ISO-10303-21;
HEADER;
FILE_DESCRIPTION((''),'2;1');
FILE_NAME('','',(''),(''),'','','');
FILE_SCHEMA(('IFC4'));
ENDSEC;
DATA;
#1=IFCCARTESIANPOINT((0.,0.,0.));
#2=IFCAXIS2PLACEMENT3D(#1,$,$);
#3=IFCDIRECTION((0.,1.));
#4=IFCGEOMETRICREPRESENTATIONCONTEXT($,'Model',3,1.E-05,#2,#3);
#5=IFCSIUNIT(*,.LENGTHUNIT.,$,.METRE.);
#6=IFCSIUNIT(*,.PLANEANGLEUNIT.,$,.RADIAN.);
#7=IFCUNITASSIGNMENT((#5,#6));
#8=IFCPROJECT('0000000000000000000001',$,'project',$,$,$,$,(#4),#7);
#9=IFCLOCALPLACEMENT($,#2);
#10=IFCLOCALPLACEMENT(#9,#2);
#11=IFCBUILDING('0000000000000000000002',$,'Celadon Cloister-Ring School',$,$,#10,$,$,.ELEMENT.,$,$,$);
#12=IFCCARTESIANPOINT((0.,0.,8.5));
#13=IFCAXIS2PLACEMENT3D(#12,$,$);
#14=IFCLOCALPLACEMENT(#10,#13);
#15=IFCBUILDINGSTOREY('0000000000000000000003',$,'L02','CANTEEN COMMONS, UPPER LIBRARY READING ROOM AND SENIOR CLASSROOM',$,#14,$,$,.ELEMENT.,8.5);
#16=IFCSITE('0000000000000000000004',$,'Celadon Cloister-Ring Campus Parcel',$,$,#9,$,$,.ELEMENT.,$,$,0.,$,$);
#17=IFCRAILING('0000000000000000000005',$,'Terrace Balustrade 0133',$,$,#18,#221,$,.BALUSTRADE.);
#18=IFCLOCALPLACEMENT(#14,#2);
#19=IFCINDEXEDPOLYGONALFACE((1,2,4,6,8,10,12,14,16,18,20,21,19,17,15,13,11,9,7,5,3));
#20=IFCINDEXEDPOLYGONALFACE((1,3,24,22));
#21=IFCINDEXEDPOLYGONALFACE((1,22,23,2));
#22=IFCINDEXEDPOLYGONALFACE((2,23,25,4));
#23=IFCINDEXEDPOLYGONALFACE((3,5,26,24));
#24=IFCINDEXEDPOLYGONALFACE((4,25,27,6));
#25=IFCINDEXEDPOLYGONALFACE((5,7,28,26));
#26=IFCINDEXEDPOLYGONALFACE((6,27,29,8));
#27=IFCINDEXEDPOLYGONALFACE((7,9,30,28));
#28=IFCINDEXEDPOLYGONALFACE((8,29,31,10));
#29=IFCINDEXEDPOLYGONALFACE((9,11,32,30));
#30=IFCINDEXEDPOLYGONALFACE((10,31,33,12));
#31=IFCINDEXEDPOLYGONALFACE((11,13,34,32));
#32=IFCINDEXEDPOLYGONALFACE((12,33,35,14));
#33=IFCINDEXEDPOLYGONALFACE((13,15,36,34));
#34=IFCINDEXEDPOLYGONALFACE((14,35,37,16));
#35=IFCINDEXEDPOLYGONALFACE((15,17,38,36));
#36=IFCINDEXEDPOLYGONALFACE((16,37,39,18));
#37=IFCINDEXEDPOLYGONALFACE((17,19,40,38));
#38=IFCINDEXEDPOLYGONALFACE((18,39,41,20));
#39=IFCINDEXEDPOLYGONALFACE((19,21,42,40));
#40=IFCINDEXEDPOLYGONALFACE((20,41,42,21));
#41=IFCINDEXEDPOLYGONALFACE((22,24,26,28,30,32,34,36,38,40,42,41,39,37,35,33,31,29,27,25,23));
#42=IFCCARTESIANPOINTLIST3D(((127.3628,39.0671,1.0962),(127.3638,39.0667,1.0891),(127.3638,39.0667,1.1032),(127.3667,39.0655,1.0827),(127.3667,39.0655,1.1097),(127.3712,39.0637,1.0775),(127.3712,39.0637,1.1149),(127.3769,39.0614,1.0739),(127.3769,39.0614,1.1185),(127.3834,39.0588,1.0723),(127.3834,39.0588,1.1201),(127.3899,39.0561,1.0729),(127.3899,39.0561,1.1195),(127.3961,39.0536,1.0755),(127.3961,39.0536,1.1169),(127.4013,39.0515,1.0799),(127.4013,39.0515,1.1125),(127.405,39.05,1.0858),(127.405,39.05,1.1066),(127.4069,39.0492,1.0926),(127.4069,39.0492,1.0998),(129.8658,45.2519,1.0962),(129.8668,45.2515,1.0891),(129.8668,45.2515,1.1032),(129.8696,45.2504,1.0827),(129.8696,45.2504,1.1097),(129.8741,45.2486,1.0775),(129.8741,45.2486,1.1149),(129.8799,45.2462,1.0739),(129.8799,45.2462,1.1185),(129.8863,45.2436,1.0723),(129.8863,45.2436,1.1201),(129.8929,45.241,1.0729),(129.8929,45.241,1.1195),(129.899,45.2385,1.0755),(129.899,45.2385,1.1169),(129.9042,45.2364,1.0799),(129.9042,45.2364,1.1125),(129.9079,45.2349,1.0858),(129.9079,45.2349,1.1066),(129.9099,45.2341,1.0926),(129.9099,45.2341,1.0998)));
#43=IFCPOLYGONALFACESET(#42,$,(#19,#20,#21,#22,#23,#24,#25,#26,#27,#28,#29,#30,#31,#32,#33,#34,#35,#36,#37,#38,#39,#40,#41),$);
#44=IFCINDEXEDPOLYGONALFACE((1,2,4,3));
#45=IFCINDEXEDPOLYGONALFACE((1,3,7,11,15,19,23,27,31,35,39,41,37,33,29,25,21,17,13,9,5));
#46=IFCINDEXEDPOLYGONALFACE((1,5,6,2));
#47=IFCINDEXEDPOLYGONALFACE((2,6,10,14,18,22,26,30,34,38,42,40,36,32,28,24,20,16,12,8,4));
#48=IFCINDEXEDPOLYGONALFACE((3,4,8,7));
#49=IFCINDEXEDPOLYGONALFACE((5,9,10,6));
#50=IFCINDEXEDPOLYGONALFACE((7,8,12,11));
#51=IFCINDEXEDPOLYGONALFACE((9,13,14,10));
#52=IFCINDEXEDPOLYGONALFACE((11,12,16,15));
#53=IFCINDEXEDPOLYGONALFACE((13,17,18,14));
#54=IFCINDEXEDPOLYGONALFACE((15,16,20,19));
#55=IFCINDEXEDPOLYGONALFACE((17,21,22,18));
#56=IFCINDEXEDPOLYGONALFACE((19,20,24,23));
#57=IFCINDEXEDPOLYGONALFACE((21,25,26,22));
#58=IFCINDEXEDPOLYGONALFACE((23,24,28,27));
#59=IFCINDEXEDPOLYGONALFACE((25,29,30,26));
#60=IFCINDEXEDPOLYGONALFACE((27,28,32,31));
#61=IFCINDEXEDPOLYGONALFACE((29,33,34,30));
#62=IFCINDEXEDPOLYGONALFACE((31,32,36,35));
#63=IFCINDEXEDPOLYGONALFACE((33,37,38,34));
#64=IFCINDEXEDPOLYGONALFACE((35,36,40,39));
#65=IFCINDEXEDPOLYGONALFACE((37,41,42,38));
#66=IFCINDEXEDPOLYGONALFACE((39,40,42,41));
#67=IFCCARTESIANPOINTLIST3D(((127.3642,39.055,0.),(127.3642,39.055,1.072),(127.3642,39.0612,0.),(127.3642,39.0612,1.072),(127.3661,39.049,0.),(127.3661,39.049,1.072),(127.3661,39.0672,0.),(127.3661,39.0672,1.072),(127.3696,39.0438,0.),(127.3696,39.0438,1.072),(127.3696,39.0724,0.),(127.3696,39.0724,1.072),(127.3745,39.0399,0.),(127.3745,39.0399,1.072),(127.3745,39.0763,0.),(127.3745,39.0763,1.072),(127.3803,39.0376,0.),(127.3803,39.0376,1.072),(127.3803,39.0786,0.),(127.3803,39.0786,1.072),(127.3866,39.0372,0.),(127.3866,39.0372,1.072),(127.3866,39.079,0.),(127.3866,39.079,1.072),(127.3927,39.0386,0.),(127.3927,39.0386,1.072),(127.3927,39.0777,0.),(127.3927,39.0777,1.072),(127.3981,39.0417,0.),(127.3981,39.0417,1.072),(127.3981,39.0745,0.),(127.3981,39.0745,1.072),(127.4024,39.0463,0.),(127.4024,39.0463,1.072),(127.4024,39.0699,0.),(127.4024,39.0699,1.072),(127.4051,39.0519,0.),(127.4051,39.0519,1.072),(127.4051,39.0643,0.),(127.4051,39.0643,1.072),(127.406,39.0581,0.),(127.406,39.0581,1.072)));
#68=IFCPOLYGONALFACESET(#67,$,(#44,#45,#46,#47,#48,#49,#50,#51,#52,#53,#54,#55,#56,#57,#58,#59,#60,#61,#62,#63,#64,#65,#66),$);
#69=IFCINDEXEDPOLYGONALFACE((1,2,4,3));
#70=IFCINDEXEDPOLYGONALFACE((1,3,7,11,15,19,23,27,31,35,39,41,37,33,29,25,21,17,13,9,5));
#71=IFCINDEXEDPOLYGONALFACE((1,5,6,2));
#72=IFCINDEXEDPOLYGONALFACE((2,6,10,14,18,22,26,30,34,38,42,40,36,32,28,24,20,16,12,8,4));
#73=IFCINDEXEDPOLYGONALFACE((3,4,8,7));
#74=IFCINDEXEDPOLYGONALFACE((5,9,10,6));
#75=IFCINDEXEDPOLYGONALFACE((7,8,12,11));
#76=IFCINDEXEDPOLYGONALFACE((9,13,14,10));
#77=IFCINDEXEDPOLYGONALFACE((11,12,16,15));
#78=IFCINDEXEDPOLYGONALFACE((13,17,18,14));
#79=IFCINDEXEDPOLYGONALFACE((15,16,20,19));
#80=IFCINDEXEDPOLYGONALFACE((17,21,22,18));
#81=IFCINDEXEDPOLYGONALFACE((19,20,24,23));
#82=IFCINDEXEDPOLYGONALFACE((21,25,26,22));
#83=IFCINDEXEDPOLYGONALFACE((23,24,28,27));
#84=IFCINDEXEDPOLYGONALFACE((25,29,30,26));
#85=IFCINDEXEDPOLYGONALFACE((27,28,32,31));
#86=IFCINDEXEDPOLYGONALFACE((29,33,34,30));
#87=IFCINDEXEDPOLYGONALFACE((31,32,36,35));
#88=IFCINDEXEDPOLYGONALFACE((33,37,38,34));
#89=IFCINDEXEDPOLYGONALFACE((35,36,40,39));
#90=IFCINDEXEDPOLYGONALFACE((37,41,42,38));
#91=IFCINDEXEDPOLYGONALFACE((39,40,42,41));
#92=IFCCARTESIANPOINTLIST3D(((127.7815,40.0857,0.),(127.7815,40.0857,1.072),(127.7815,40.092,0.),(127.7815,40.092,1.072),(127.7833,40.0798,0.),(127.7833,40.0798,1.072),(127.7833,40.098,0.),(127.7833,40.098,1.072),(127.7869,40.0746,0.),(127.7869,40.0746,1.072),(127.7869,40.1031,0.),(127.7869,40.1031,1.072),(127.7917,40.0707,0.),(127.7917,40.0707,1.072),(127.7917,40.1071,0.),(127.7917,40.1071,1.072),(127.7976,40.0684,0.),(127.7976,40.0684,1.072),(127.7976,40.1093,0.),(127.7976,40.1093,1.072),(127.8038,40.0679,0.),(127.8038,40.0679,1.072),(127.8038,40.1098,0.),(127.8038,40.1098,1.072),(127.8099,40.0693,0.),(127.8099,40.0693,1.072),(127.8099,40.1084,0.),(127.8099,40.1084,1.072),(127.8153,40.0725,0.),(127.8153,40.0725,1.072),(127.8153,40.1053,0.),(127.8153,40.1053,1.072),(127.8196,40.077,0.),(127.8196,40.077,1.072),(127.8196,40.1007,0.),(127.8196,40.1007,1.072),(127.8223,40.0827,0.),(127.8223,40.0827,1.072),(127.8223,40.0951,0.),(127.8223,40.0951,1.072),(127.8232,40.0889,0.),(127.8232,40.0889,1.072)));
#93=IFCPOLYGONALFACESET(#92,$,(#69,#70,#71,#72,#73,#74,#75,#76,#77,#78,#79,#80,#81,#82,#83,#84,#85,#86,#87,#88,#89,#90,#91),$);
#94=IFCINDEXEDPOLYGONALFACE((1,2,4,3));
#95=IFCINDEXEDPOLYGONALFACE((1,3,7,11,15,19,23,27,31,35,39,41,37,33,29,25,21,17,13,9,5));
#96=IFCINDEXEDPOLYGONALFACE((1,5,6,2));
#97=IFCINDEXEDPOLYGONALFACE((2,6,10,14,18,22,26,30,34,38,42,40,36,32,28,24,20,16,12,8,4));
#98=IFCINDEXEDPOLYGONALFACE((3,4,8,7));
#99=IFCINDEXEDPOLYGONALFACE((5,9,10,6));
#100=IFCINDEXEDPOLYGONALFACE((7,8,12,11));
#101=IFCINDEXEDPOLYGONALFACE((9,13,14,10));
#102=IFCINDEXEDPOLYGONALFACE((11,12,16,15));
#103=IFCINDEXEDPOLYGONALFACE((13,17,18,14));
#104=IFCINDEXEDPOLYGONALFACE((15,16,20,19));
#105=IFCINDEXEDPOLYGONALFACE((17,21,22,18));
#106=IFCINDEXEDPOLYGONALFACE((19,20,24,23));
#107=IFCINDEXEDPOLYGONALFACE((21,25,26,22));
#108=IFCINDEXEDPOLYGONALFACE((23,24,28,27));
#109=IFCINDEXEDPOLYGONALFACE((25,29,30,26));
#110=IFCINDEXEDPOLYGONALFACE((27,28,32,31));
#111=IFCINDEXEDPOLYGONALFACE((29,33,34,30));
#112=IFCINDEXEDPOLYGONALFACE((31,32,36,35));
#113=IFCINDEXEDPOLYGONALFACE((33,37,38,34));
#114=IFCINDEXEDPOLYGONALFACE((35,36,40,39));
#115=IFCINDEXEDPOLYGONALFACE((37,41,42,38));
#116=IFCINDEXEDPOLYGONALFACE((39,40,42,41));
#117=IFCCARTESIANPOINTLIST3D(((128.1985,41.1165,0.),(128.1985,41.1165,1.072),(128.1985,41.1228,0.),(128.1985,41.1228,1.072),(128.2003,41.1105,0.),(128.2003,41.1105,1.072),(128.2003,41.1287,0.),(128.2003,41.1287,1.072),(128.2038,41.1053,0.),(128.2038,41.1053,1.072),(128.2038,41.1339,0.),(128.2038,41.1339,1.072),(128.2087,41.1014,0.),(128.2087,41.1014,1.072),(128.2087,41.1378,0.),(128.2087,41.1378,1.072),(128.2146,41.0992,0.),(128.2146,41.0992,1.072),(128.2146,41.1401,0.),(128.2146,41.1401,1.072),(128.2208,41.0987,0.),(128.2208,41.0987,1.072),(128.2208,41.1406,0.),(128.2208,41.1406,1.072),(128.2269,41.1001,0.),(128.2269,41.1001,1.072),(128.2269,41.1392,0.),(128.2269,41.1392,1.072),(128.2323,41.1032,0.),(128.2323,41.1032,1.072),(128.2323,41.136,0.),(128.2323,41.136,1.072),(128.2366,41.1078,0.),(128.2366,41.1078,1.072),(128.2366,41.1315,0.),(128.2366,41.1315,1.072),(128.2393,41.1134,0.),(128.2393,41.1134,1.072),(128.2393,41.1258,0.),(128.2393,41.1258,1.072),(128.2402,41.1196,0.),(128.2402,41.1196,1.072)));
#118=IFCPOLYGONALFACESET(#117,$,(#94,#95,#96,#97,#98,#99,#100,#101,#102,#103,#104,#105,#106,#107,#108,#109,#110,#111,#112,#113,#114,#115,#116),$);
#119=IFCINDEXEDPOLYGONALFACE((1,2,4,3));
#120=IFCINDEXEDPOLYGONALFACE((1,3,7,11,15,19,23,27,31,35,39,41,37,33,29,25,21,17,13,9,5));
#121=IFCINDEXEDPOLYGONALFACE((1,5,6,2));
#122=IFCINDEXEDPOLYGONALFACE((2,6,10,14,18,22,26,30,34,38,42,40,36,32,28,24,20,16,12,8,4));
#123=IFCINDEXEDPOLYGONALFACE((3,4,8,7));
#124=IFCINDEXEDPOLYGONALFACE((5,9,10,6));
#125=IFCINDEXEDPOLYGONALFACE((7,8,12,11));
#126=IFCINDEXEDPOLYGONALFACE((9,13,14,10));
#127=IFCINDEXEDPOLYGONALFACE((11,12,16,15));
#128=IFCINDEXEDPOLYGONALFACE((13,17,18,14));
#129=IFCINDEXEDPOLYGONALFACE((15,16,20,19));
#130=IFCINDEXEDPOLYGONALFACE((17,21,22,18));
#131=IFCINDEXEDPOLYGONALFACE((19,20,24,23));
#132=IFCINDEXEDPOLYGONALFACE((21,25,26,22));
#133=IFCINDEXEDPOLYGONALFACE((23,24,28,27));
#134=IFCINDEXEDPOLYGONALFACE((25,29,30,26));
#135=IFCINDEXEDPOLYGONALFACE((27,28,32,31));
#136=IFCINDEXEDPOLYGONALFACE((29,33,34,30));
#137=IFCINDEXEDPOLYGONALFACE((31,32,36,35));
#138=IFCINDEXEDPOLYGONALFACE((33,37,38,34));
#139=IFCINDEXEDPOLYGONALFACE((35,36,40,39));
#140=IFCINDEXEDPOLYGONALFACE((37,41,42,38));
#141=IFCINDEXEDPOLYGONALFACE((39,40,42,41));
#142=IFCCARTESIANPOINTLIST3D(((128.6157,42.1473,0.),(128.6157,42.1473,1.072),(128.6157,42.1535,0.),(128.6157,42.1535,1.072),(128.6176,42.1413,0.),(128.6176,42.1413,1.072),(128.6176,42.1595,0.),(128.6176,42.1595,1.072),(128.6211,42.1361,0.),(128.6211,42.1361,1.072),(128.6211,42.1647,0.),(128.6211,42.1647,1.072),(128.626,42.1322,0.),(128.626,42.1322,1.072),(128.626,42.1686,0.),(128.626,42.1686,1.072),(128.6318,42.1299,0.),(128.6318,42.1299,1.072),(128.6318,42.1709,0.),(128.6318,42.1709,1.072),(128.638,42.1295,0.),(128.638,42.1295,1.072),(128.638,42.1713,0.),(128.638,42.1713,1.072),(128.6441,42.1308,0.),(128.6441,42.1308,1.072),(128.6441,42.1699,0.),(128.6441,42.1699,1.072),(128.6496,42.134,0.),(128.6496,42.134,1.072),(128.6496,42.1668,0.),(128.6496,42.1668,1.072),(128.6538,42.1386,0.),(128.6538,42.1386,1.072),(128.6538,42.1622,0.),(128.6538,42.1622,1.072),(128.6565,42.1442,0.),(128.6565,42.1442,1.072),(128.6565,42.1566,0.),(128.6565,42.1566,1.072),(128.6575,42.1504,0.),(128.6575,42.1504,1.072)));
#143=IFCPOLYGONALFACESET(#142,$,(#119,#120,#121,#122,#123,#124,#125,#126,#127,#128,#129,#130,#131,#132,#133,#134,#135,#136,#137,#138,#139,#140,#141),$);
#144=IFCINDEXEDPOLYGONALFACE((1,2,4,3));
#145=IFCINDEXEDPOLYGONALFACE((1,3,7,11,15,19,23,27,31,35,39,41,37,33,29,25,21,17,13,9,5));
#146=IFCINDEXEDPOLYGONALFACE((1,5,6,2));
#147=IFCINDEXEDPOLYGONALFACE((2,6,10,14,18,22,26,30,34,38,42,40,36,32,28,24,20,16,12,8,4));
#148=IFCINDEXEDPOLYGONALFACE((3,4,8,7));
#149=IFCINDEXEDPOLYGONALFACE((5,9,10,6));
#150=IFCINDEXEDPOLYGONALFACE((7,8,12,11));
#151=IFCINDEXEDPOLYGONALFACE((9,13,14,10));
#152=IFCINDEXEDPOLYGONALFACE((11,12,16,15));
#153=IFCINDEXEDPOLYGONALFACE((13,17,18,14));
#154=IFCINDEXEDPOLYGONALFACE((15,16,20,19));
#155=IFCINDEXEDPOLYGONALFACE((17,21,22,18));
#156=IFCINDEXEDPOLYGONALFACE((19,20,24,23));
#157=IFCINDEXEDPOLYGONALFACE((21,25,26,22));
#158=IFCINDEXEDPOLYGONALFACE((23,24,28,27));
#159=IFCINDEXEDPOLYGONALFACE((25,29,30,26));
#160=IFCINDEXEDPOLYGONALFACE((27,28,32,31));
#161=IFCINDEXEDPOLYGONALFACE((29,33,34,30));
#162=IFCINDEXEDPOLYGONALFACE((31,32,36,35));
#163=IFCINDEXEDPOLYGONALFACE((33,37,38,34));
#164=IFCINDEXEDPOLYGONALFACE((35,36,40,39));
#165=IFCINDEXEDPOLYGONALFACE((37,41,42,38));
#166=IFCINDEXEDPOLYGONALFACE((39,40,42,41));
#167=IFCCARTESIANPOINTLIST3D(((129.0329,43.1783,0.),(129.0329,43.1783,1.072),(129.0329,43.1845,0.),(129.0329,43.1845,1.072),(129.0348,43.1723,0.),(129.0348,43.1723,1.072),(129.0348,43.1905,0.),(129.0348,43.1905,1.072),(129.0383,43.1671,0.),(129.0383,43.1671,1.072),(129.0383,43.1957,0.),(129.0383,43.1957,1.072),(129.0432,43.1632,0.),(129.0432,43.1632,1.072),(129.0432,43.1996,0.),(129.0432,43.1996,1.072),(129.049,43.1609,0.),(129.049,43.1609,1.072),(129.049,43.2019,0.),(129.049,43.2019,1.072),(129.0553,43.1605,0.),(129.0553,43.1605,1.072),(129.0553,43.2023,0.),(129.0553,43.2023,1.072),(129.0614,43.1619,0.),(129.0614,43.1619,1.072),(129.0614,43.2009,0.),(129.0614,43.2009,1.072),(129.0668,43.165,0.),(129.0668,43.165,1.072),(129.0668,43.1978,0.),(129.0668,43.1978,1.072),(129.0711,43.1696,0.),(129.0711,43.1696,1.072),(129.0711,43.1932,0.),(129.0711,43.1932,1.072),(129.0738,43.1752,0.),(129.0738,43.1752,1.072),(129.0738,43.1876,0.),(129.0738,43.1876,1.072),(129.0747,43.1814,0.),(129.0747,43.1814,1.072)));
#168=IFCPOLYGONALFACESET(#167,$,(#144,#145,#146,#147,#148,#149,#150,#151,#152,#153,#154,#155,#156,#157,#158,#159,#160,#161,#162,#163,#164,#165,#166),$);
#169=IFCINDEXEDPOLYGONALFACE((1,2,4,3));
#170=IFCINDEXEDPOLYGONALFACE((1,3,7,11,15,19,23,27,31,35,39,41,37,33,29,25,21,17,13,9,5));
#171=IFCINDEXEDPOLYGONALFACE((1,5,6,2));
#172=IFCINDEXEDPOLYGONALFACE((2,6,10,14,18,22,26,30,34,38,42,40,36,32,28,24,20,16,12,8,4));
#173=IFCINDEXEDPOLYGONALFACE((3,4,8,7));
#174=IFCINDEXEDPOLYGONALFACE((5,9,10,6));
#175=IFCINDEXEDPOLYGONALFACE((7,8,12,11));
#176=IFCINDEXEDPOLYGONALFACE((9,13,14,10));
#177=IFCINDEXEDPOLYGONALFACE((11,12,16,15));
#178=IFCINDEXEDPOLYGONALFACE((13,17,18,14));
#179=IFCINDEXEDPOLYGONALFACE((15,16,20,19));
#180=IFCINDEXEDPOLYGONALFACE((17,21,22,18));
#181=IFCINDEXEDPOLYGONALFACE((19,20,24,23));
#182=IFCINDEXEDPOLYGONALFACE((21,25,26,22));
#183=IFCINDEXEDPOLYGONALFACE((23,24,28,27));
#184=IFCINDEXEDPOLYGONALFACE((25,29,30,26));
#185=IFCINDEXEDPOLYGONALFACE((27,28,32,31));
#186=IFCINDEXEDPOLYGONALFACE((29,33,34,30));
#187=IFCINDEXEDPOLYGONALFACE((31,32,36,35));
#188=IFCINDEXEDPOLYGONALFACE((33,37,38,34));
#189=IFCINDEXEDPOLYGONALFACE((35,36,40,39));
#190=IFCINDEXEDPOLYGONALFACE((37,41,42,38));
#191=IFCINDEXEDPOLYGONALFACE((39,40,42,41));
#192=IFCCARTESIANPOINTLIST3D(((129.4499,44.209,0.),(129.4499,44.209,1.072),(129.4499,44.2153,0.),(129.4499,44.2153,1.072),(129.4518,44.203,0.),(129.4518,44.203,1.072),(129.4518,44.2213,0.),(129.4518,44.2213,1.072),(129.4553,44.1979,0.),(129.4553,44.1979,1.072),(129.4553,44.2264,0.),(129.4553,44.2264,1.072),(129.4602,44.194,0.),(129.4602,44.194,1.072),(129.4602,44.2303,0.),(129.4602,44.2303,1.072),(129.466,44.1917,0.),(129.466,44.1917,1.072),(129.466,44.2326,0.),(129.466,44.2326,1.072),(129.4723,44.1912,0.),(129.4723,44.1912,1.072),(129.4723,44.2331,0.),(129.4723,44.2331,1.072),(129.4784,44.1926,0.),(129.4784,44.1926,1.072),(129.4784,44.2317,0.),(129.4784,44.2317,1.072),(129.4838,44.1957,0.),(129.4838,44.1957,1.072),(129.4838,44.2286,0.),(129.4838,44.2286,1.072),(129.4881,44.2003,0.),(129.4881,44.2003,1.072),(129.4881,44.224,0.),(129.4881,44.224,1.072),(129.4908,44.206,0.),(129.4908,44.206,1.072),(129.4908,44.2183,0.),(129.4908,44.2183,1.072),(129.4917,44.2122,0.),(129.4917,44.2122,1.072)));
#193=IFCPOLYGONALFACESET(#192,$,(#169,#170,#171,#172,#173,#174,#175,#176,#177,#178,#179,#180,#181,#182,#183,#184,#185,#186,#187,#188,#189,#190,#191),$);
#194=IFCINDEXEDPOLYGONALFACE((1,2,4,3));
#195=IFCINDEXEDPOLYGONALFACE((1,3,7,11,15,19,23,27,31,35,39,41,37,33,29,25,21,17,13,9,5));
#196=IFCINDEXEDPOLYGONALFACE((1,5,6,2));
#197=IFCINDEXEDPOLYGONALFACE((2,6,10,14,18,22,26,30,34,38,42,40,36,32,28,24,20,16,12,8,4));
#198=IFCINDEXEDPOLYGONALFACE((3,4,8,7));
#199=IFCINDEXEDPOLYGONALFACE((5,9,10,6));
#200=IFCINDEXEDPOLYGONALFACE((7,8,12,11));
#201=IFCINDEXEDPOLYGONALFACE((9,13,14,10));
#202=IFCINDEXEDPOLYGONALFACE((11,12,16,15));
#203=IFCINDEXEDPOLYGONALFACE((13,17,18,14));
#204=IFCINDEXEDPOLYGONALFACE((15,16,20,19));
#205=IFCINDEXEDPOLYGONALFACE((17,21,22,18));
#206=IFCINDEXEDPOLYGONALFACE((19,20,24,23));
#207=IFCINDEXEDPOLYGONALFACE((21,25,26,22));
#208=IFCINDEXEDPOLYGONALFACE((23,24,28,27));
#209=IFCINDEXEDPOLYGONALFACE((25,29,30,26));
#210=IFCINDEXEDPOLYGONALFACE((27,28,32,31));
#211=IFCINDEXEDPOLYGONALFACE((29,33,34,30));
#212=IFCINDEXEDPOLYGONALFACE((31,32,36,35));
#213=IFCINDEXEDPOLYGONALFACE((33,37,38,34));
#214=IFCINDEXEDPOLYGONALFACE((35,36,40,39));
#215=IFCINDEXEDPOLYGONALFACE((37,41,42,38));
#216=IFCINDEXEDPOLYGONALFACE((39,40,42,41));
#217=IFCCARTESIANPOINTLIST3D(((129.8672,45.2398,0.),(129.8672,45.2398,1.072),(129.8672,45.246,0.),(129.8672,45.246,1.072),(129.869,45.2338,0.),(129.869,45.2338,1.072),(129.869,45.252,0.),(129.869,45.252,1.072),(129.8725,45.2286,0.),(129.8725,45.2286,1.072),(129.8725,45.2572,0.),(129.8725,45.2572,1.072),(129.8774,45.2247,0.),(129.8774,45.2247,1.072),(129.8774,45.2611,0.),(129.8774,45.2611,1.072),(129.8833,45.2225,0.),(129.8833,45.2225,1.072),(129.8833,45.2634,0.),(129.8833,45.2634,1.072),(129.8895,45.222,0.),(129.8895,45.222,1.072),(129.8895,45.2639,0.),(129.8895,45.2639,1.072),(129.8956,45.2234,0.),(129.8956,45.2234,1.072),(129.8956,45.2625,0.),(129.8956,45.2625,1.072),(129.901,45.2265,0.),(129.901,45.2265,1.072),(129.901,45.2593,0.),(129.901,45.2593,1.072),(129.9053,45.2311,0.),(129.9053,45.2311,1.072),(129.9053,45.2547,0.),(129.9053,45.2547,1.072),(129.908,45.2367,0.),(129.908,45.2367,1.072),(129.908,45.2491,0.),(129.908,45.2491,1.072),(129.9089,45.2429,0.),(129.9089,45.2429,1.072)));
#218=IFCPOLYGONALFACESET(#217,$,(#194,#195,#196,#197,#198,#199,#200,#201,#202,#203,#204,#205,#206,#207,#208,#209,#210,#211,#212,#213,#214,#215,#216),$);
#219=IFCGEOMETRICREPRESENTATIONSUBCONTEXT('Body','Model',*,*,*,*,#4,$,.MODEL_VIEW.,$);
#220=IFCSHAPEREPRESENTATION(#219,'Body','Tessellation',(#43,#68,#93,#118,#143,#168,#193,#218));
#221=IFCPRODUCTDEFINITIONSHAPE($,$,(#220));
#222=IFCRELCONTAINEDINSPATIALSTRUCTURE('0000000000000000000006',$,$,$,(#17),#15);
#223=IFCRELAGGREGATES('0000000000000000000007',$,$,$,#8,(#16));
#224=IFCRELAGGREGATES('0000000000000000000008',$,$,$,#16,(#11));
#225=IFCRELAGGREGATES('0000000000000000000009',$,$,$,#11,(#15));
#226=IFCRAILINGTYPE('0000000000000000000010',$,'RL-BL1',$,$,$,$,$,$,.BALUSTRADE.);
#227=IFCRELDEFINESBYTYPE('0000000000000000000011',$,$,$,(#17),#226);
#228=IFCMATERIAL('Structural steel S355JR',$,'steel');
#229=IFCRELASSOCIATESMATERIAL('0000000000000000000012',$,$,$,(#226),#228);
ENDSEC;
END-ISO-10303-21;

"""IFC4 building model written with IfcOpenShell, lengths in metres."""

from ifc_helpers import new_model, si_unit, direction, frame, origin, origin_2d, place, context, subcontext, project, spatial, circle, extrude, material, type_object, element, save


model = new_model("IFC4")

# Units and contexts
model_context = context("Model", 3, precision=1e-05, world=origin(), true_north=direction((0.0, 1.0)))
body_context = subcontext(model_context, "Body", "Model", "MODEL_VIEW")
ifc_project = project(units=[si_unit("LENGTHUNIT", "METRE"), si_unit("PLANEANGLEUNIT", "RADIAN")], contexts=[model_context])

# Site, building, storey
site_placement = place(None, origin())
site = spatial("IfcSite", under=ifc_project, at=site_placement, Name="Celadon Cloister-Ring Campus Parcel", CompositionType="ELEMENT", RefElevation=0.0)
building_placement = place(site_placement, origin())
building = spatial("IfcBuilding", under=site, at=building_placement, Name="Celadon Cloister-Ring School", CompositionType="ELEMENT")
storey_placement = place(building_placement, frame((0.0, 0.0, 8.5)))
storey = spatial("IfcBuildingStorey", under=building, at=storey_placement, Name="L02", Description="CANTEEN COMMONS, UPPER LIBRARY READING ROOM AND SENIOR CLASSROOM", CompositionType="ELEMENT", Elevation=8.5)

# Railing
ifc_material_1 = material(Name="Structural steel S355JR", Category="steel")
railing_type = type_object("IfcRailingType", Name="RL-BL1", PredefinedType="BALUSTRADE", material=ifc_material_1)
railing_1_placement = place(storey_placement, frame((127.385, 39.0581, 0.0)))
element("IfcRailing", 1, at=railing_1_placement, inside=storey, type_object=railing_type, Name="Terrace Balustrade 0133", PredefinedType="BALUSTRADE", context=body_context, shape_type="SweptSolid", body=[
    extrude(circle(Radius=0.0239, at=origin_2d()), frame((0.0, 0.0, 1.0962), z_axis=(0.375135, 0.92697, 0.0), x_axis=(-0.92697, 0.375135, 0.0)), (0.0, 0.0, 1.0), 6.6721),
    extrude(circle(Radius=0.021, at=origin_2d()), origin(), (0.0, 0.0, 1.0), 1.072),
    extrude(circle(Radius=0.021, at=origin_2d()), frame((0.4172, 1.0308, 0.0)), (0.0, 0.0, 1.0), 1.072),
    extrude(circle(Radius=0.021, at=origin_2d()), frame((0.8342, 2.0615, 0.0)), (0.0, 0.0, 1.0), 1.072),
    extrude(circle(Radius=0.021, at=origin_2d()), frame((1.2515, 3.0923, 0.0)), (0.0, 0.0, 1.0), 1.072),
    extrude(circle(Radius=0.021, at=origin_2d()), frame((1.6687, 4.1233, 0.0)), (0.0, 0.0, 1.0), 1.072),
    extrude(circle(Radius=0.021, at=origin_2d()), frame((2.0857, 5.1541, 0.0)), (0.0, 0.0, 1.0), 1.072),
    extrude(circle(Radius=0.021, at=origin_2d()), frame((2.5029, 6.1848, 0.0)), (0.0, 0.0, 1.0), 1.072),
])

save(model, "model.ifc")
